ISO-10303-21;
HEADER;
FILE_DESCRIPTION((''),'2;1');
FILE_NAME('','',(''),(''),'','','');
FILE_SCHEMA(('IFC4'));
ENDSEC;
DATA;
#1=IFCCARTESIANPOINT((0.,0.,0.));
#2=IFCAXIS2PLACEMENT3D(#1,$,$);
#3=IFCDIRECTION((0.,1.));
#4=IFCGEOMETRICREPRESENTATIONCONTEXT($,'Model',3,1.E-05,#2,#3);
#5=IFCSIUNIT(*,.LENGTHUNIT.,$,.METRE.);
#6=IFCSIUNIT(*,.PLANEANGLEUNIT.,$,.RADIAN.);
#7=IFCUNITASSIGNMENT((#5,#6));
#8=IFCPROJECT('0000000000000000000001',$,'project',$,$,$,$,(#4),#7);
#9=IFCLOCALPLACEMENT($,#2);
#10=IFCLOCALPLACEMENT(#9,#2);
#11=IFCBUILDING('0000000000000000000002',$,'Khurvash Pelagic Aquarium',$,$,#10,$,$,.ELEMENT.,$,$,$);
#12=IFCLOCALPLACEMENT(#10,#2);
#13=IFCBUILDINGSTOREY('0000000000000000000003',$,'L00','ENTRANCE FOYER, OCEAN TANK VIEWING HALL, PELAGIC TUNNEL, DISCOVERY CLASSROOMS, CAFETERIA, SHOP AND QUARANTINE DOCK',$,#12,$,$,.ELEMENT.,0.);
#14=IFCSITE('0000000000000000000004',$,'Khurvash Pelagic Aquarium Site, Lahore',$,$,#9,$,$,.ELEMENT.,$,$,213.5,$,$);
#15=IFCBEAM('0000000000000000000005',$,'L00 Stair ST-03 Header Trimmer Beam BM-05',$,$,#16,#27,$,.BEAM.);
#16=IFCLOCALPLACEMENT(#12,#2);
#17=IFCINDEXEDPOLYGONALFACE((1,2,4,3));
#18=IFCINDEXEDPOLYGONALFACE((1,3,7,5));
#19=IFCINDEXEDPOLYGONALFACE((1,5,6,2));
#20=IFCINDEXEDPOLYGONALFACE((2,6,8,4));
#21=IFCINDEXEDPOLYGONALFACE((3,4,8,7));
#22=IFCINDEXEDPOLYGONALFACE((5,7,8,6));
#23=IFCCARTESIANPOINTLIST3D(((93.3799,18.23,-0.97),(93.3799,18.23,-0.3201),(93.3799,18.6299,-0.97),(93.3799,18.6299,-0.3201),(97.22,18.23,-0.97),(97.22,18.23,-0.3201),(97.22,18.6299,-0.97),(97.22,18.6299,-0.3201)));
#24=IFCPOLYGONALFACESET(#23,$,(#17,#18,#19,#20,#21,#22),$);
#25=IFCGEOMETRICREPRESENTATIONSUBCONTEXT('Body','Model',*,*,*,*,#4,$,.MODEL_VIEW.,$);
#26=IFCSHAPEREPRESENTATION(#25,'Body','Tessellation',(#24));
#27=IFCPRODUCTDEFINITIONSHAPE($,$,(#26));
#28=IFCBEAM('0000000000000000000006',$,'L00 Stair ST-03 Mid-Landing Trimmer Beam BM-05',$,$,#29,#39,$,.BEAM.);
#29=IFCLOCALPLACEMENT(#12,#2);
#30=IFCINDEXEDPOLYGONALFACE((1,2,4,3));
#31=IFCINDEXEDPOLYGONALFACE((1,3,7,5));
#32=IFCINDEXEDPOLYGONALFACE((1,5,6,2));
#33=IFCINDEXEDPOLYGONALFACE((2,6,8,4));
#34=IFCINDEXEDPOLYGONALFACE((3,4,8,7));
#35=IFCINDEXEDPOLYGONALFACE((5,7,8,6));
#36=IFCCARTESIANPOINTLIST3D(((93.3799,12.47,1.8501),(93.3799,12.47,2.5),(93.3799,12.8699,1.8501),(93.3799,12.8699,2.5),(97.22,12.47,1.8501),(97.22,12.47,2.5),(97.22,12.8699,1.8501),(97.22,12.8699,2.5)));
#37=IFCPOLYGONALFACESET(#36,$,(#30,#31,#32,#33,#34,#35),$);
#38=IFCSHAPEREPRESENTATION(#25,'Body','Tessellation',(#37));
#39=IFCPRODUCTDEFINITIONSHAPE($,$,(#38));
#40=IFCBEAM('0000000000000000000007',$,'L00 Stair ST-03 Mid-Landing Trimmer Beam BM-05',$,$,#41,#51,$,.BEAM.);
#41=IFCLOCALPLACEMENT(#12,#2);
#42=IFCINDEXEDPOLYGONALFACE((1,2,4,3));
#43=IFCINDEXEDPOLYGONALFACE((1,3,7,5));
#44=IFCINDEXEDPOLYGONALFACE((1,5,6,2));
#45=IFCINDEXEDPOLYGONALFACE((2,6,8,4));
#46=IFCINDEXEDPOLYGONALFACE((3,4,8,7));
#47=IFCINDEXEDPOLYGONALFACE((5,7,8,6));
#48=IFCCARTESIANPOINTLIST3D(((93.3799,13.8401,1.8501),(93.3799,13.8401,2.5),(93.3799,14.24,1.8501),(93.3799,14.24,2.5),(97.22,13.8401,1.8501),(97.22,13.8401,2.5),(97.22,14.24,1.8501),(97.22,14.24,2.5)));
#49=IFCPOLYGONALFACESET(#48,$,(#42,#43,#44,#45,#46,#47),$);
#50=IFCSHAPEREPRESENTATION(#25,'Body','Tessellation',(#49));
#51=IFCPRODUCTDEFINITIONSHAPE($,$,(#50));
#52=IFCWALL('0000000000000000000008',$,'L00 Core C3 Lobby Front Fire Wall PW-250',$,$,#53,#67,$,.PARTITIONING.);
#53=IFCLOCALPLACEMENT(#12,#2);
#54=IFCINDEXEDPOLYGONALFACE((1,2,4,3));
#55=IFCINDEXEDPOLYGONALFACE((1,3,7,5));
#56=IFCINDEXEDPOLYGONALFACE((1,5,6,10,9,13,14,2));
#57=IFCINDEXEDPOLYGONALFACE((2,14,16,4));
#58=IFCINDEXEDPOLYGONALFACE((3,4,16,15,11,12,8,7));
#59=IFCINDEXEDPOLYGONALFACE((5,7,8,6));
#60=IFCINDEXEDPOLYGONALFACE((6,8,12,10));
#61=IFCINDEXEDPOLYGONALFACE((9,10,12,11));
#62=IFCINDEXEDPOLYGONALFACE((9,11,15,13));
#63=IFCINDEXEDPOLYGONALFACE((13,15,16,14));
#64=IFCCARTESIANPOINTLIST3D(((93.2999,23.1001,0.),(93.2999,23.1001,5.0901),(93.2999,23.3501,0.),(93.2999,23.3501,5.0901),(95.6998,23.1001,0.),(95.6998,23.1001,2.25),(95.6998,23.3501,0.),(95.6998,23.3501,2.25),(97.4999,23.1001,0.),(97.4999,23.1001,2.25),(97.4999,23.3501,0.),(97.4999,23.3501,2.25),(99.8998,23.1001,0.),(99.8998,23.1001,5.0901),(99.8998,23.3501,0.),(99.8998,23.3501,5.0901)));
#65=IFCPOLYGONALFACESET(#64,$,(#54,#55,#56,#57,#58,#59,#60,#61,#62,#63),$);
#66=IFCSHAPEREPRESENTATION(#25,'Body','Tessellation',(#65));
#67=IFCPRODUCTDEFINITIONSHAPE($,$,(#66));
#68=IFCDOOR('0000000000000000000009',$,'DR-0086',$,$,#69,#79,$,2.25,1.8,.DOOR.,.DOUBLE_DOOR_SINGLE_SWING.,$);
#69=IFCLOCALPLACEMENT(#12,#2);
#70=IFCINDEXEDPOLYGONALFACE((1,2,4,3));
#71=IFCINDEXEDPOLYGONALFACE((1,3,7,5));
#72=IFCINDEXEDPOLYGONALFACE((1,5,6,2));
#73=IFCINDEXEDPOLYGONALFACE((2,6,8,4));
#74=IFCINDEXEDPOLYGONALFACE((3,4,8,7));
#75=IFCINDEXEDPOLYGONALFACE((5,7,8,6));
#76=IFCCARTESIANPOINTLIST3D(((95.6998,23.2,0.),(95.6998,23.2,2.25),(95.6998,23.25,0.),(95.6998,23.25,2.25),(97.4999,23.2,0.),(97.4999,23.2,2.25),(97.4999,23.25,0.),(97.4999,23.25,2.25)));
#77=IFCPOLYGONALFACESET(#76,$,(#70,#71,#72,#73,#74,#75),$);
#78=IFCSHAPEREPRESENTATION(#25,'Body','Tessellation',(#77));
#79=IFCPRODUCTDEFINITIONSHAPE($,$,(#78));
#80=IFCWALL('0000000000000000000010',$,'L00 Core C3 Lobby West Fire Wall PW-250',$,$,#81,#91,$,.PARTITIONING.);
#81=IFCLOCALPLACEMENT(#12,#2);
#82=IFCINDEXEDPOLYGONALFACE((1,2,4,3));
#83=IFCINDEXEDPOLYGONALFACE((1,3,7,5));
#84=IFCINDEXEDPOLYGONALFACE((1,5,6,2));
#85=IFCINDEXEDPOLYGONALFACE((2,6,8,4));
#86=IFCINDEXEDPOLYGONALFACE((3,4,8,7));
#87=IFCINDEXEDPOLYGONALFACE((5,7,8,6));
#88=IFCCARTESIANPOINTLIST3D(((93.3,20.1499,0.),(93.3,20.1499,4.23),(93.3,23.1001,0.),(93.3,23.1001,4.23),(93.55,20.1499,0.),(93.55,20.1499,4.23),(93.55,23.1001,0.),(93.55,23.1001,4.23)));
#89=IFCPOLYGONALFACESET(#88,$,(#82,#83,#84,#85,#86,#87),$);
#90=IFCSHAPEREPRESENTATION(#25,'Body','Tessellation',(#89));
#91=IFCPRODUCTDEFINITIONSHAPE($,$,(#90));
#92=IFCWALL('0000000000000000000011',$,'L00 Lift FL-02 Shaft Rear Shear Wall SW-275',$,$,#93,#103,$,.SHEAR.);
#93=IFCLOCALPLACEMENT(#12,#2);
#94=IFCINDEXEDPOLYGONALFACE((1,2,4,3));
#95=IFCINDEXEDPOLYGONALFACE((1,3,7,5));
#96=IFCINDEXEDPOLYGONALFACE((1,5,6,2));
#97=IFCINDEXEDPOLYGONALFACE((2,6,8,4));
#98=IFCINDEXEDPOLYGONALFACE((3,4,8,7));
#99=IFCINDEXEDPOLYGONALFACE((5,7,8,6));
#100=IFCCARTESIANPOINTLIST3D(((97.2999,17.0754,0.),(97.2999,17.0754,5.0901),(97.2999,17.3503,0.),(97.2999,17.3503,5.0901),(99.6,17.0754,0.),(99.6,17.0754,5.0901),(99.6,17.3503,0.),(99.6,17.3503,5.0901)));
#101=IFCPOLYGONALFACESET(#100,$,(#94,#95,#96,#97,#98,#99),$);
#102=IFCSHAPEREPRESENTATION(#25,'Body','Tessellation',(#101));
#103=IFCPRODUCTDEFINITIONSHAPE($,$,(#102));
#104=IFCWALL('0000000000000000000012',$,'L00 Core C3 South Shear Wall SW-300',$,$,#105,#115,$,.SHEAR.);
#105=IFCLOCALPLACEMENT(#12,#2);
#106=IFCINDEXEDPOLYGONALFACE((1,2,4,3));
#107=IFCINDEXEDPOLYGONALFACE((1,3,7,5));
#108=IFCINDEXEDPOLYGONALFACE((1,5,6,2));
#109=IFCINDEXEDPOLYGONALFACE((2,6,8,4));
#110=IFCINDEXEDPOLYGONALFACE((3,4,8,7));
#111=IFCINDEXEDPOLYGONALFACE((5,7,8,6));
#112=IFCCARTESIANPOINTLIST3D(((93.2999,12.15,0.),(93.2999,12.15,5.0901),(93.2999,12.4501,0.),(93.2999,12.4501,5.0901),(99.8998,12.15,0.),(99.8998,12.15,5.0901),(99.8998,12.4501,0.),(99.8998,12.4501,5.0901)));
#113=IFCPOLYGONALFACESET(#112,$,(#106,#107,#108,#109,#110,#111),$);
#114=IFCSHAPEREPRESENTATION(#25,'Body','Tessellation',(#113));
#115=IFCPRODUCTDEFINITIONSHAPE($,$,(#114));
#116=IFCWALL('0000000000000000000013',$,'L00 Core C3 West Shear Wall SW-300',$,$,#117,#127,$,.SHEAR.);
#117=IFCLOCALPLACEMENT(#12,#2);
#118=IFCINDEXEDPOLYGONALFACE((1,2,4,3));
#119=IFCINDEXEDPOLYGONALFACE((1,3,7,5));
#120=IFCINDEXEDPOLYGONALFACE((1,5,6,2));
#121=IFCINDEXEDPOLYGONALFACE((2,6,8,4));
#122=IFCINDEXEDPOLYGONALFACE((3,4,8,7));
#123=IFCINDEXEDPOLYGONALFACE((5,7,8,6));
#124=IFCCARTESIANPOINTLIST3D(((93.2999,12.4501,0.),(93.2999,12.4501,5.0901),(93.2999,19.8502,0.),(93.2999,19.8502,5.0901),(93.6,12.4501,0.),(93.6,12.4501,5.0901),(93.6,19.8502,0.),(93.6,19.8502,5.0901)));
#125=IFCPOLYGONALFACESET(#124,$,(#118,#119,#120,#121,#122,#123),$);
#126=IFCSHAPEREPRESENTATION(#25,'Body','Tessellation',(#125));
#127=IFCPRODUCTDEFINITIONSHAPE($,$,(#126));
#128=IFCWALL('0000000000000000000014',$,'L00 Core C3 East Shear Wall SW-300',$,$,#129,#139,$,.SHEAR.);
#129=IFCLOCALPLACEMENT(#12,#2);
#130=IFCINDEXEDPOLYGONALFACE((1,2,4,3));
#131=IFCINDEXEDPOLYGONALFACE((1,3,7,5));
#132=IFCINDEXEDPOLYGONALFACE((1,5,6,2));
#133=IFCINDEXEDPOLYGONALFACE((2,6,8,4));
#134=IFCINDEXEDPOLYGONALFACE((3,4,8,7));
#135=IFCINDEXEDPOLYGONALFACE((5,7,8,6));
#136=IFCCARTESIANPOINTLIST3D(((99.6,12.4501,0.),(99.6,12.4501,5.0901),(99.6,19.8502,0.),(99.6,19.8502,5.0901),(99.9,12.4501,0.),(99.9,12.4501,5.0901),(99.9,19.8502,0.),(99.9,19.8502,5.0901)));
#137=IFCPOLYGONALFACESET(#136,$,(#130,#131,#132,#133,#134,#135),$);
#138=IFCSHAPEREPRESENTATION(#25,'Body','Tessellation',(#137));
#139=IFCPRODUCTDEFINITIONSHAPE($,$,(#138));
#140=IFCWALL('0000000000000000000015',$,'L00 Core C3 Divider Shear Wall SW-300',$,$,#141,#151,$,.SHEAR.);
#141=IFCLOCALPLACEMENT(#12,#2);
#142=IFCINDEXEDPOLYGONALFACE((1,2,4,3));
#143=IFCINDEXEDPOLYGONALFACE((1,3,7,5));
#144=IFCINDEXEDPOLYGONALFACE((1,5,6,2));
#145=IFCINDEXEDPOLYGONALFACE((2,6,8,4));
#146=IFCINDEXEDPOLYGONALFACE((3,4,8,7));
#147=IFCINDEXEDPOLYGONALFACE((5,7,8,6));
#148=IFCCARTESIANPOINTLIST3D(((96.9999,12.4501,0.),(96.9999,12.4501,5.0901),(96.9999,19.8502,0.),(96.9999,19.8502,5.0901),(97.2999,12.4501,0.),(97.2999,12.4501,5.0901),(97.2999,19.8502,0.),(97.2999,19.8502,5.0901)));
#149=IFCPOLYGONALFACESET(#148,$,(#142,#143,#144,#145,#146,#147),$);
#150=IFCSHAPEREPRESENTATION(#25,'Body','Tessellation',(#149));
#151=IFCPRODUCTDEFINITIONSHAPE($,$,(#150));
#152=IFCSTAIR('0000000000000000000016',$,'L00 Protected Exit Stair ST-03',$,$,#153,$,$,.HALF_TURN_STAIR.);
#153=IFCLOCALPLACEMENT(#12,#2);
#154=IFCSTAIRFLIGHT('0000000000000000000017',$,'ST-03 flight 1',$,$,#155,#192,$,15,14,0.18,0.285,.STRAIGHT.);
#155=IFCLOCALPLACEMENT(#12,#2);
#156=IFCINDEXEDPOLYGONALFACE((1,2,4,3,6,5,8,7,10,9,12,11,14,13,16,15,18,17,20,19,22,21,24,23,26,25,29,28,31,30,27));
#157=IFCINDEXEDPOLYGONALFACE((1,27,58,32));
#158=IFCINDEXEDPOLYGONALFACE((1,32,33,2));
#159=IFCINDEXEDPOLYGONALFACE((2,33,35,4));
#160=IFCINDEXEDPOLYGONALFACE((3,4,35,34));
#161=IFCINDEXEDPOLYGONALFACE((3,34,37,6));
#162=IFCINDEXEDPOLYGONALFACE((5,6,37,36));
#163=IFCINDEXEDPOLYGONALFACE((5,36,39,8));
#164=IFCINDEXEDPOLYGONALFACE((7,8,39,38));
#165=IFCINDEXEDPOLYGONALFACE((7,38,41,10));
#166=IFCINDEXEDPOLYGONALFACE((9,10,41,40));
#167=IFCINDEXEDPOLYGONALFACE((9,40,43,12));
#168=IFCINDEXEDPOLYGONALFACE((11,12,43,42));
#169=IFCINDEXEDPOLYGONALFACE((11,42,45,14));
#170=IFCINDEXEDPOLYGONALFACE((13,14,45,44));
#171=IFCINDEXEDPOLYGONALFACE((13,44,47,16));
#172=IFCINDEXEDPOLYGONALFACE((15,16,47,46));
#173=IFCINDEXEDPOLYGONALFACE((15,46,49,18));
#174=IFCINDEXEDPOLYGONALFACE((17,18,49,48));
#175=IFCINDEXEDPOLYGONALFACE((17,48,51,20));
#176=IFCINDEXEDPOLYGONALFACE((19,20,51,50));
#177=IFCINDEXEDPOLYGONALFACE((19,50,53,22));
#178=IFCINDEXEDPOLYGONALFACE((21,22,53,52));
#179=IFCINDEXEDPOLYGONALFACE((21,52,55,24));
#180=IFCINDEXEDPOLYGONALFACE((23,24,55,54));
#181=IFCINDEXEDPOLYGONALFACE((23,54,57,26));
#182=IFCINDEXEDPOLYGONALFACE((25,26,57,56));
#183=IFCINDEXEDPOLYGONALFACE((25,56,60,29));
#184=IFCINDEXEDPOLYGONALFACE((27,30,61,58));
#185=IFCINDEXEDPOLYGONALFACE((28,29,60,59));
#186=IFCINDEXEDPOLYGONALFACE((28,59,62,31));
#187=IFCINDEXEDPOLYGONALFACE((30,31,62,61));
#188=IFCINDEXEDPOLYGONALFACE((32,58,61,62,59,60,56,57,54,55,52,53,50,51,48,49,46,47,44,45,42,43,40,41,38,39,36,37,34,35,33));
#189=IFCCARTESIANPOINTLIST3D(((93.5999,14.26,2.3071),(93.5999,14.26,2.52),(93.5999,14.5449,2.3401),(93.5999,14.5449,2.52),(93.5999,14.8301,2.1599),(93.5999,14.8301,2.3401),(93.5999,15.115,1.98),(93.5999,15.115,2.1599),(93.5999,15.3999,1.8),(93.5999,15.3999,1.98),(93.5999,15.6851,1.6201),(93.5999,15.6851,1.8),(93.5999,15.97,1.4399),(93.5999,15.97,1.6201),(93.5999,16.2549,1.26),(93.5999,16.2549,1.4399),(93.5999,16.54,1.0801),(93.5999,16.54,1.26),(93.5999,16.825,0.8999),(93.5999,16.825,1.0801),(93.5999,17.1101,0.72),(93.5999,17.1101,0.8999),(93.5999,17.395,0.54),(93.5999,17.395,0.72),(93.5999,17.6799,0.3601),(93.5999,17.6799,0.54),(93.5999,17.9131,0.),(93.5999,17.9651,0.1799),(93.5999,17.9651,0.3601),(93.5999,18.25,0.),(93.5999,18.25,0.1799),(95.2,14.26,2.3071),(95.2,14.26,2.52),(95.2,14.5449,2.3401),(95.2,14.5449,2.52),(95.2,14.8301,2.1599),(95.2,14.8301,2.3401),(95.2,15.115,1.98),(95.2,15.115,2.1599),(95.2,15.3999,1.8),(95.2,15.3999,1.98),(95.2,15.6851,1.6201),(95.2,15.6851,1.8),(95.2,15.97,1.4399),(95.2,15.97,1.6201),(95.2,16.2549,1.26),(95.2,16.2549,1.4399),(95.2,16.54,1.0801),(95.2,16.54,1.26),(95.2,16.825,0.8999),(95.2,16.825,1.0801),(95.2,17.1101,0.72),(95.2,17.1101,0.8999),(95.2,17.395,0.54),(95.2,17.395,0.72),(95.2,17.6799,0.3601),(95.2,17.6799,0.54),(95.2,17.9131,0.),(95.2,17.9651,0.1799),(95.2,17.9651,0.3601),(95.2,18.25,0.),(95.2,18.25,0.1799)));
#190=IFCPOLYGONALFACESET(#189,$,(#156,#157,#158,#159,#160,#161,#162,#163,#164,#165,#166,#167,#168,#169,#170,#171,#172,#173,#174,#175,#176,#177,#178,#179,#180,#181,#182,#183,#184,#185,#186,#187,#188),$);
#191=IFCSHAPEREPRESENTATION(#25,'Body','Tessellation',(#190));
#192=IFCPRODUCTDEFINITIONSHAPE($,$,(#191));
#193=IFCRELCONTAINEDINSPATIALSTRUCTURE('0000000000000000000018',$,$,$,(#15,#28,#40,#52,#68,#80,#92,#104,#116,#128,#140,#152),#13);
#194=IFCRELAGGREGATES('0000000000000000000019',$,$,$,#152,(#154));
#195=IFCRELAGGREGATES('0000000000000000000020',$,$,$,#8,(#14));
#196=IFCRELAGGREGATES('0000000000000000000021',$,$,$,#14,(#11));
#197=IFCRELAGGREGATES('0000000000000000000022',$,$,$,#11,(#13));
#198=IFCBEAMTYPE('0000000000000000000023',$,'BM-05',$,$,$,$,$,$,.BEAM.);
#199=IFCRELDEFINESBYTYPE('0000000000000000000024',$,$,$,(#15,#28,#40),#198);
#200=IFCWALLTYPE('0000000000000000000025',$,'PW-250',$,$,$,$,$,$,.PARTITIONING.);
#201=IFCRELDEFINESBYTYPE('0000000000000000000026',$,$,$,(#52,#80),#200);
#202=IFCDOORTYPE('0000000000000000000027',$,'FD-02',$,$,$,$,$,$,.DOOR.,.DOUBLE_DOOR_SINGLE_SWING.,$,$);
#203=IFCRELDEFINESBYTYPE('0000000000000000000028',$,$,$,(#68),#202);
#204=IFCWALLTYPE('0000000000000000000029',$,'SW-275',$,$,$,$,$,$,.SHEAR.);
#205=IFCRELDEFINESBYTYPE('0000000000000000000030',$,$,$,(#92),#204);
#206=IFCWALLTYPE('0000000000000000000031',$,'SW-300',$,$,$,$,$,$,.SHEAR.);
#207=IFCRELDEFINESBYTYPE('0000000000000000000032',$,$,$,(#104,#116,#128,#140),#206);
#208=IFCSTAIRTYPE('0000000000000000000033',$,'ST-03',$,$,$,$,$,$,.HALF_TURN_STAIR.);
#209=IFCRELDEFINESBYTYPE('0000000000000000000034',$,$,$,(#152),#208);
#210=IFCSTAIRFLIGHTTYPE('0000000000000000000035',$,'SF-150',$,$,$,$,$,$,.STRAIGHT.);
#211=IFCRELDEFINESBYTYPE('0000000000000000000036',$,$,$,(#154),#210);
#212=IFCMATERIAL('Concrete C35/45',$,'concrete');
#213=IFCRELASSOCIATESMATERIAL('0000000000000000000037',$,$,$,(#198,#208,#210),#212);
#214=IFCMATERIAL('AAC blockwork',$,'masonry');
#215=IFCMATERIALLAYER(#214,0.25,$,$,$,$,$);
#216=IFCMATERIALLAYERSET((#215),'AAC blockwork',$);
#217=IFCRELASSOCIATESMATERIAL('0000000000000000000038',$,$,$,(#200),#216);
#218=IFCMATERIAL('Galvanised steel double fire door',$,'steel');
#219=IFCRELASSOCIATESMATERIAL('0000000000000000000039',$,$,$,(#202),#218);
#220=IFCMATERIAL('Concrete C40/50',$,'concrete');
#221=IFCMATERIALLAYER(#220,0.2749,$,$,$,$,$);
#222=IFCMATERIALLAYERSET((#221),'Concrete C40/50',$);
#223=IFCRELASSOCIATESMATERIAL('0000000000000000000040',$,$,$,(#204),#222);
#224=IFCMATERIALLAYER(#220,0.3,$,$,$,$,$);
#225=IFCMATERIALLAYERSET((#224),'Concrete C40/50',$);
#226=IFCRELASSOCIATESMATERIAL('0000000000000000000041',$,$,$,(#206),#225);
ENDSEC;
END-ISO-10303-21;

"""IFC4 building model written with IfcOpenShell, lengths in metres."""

from ifc_helpers import new_model, si_unit, direction, frame, frame_2d, origin, origin_2d, place, context, subcontext, project, spatial, polyline, rectangle, outline, extrude, material, layer, layer_set, material_profile, profile_set, type_object, element, fill, aggregate, save


model = new_model("IFC4")

# Units and contexts
model_context = context("Model", 3, precision=1e-05, world=origin(), true_north=direction((0.0, 1.0)))
body_context = subcontext(model_context, "Body", "Model", "MODEL_VIEW")
ifc_project = project(units=[si_unit("LENGTHUNIT", "METRE"), si_unit("PLANEANGLEUNIT", "RADIAN")], contexts=[model_context])

# Site, building, storey
site_placement = place(None, origin())
site = spatial("IfcSite", under=ifc_project, at=site_placement, Name="Khurvash Pelagic Aquarium Site, Lahore", CompositionType="ELEMENT", RefElevation=213.5)
building_placement = place(site_placement, origin())
building = spatial("IfcBuilding", under=site, at=building_placement, Name="Khurvash Pelagic Aquarium", CompositionType="ELEMENT")
storey_placement = place(building_placement, origin())
storey = spatial("IfcBuildingStorey", under=building, at=storey_placement, Name="L00", Description="ENTRANCE FOYER, OCEAN TANK VIEWING HALL, PELAGIC TUNNEL, DISCOVERY CLASSROOMS, CAFETERIA, SHOP AND QUARANTINE DOCK", CompositionType="ELEMENT", Elevation=0.0)

# Beams
ifc_material_1 = material(Name="Concrete C35/45", Category="concrete")
ifc_material_profile = material_profile(ifc_material_1, rectangle(XDim=0.3999, YDim=0.6499, at=origin_2d()), Name="RC400X650")
ifc_profile_set = profile_set([ifc_material_profile], Name="Concrete C35/45")
beam_type = type_object("IfcBeamType", Name="BM-05", PredefinedType="BEAM", material=ifc_profile_set)
for number, where, z_axis, x_axis, name in (
    (1, (93.3799, 18.4299, -0.645), (1.0, 0.0, 0.0), (0.0, 1.0, 0.0), "L00 Stair ST-03 Header Trimmer Beam BM-05"),
    (2, (93.3799, 12.6699, 2.175), (1.0, 0.0, 0.0), (0.0, 1.0, 0.0), "L00 Stair ST-03 Mid-Landing Trimmer Beam BM-05"),
    (3, (93.3799, 14.04, 2.175), (1.0, 0.0, 0.0), (0.0, 1.0, 0.0), "L00 Stair ST-03 Mid-Landing Trimmer Beam BM-05"),
):
    element("IfcBeam", number, at=place(storey_placement, frame(where, z_axis=z_axis, x_axis=x_axis)), inside=storey, type_object=beam_type, Name=name, PredefinedType="BEAM", context=body_context, shape_type="SweptSolid", body=[
        extrude(rectangle(XDim=0.3999, YDim=0.6499, at=origin_2d()), origin(), (0.0, 0.0, 1.0), 3.8401),
    ])

# Wall, opening, door
ifc_material_2 = material(Name="AAC blockwork", Category="masonry")
ifc_layer_1 = layer(ifc_material_2, 0.25)
ifc_layer_set_1 = layer_set([ifc_layer_1], Name="AAC blockwork")
wall_type_1 = type_object("IfcWallType", Name="PW-250", PredefinedType="PARTITIONING", material=ifc_layer_set_1)
wall_1_placement = place(storey_placement, frame((93.3, 23.2251, 0.0), z_axis=(0.0, 0.0, 1.0), x_axis=(1.0, 0.0, 0.0)))
wall_1 = element("IfcWall", 4, at=wall_1_placement, inside=storey, type_object=wall_type_1, Name="L00 Core C3 Lobby Front Fire Wall PW-250", PredefinedType="PARTITIONING", context=body_context, shape_type="SweptSolid", body=[
    extrude(rectangle(XDim=6.5999, YDim=0.25, at=frame_2d((3.2998, 0.0))), origin(), (0.0, 0.0, 1.0), 5.0901),
])
opening_1_placement = place(wall_1_placement, frame((2.3999, 0.0, 0.0)))
opening_1 = element("IfcOpeningElement", 5, at=opening_1_placement, cuts=wall_1, PredefinedType="OPENING", context=body_context, shape_type="SweptSolid", body=[
    extrude(rectangle(XDim=1.8, YDim=2.25, at=frame_2d((0.8999, 1.125))), frame((0.0, 0.135, 0.0), z_axis=(0.0, -1.0, 0.0), x_axis=(1.0, 0.0, 0.0)), (0.0, 0.0, 1.0), 0.27),
])
ifc_material_3 = material(Name="Galvanised steel double fire door", Category="steel")
door_type_1 = type_object("IfcDoorType", Name="FD-02", OperationType="DOUBLE_DOOR_SINGLE_SWING", PredefinedType="DOOR", material=ifc_material_3)
door_1_placement = place(opening_1_placement, origin())
door_1 = element("IfcDoor", 6, at=door_1_placement, inside=storey, type_object=door_type_1, Name="DR-0086", OperationType="DOUBLE_DOOR_SINGLE_SWING", OverallHeight=2.25, OverallWidth=1.8, PredefinedType="DOOR", context=body_context, shape_type="SweptSolid", body=[
    extrude(rectangle(XDim=1.8, YDim=2.25, at=frame_2d((0.8999, 1.125))), frame((0.0, 0.0249, 0.0), z_axis=(0.0, -1.0, 0.0), x_axis=(1.0, 0.0, 0.0)), (0.0, 0.0, 1.0), 0.05),
])
fill(opening_1, door_1)

# Walls
wall_2_placement = place(storey_placement, frame((93.425, 20.1499, 0.0), z_axis=(0.0, 0.0, 1.0), x_axis=(0.0, 1.0, 0.0)))
element("IfcWall", 7, at=wall_2_placement, inside=storey, type_object=wall_type_1, Name="L00 Core C3 Lobby West Fire Wall PW-250", PredefinedType="PARTITIONING", context=body_context, shape_type="SweptSolid", body=[
    extrude(rectangle(XDim=2.9502, YDim=0.25, at=frame_2d((1.4751, 0.0))), origin(), (0.0, 0.0, 1.0), 4.23),
])
ifc_material_4 = material(Name="Concrete C40/50", Category="concrete")
ifc_layer_2 = layer(ifc_material_4, 0.2749)
ifc_layer_set_2 = layer_set([ifc_layer_2], Name="Concrete C40/50")
wall_type_2 = type_object("IfcWallType", Name="SW-275", PredefinedType="SHEAR", material=ifc_layer_set_2)
wall_3_placement = place(storey_placement, frame((97.3, 17.2129, 0.0), z_axis=(0.0, 0.0, 1.0), x_axis=(1.0, 0.0, 0.0)))
element("IfcWall", 8, at=wall_3_placement, inside=storey, type_object=wall_type_2, Name="L00 Lift FL-02 Shaft Rear Shear Wall SW-275", PredefinedType="SHEAR", context=body_context, shape_type="SweptSolid", body=[
    extrude(rectangle(XDim=2.3, YDim=0.2749, at=frame_2d((1.1499, 0.0))), origin(), (0.0, 0.0, 1.0), 5.0901),
])
ifc_layer_3 = layer(ifc_material_4, 0.3)
ifc_layer_set_3 = layer_set([ifc_layer_3], Name="Concrete C40/50")
wall_type_3 = type_object("IfcWallType", Name="SW-300", PredefinedType="SHEAR", material=ifc_layer_set_3)
wall_4_placement = place(storey_placement, frame((93.3, 12.3, 0.0), z_axis=(0.0, 0.0, 1.0), x_axis=(1.0, 0.0, 0.0)))
element("IfcWall", 9, at=wall_4_placement, inside=storey, type_object=wall_type_3, Name="L00 Core C3 South Shear Wall SW-300", PredefinedType="SHEAR", context=body_context, shape_type="SweptSolid", body=[
    extrude(rectangle(XDim=6.5999, YDim=0.3, at=frame_2d((3.2998, 0.0))), origin(), (0.0, 0.0, 1.0), 5.0901),
])

# Walls
for number, where, z_axis, x_axis, name in (
    (10, (93.45, 12.45, 0.0), (0.0, 0.0, 1.0), (0.0, 1.0, 0.0), "L00 Core C3 West Shear Wall SW-300"),
    (11, (99.75, 12.45, 0.0), (0.0, 0.0, 1.0), (0.0, 1.0, 0.0), "L00 Core C3 East Shear Wall SW-300"),
    (12, (97.1499, 12.45, 0.0), (0.0, 0.0, 1.0), (0.0, 1.0, 0.0), "L00 Core C3 Divider Shear Wall SW-300"),
):
    element("IfcWall", number, at=place(storey_placement, frame(where, z_axis=z_axis, x_axis=x_axis)), inside=storey, type_object=wall_type_3, Name=name, PredefinedType="SHEAR", context=body_context, shape_type="SweptSolid", body=[
        extrude(rectangle(XDim=7.4001, YDim=0.3, at=frame_2d((3.7002, 0.0))), origin(), (0.0, 0.0, 1.0), 5.0901),
    ])

# Stair, stair flight
stair_type = type_object("IfcStairType", Name="ST-03", PredefinedType="HALF_TURN_STAIR", material=ifc_material_1)
stair_placement = place(storey_placement, origin())
stair = element("IfcStair", 13, at=stair_placement, inside=storey, type_object=stair_type, Name="L00 Protected Exit Stair ST-03", PredefinedType="HALF_TURN_STAIR")
stair_flight_type = type_object("IfcStairFlightType", Name="SF-150", PredefinedType="STRAIGHT", material=ifc_material_1)
stair_flight_1_placement = place(storey_placement, frame((94.3999, 18.25, 0.0), z_axis=(0.0, 0.0, 1.0), x_axis=(0.0, -1.0, 0.0)))
stair_flight_1 = element("IfcStairFlight", 14, at=stair_flight_1_placement, type_object=stair_flight_type, Name="ST-03 flight 1", NumberOfRisers=15, NumberOfTreads=14, PredefinedType="STRAIGHT", RiserHeight=0.18, TreadLength=0.285, context=body_context, shape_type="SweptSolid", body=[
    extrude(outline(polyline([(0.0, 0.0), (0.0, 0.1799), (0.2849, 0.1799), (0.2849, 0.3601), (0.5701, 0.3601), (0.5701, 0.54), (0.855, 0.54), (0.855, 0.72), (1.1399, 0.72), (1.1399, 0.8999), (1.425, 0.8999), (1.425, 1.0801), (1.71, 1.0801), (1.71, 1.26), (1.9951, 1.26), (1.9951, 1.4399), (2.28, 1.4399), (2.28, 1.6201), (2.5649, 1.6201), (2.5649, 1.8), (2.8501, 1.8), (2.8501, 1.98), (3.135, 1.98), (3.135, 2.1599), (3.4199, 2.1599), (3.4199, 2.3401), (3.7051, 2.3401), (3.7051, 2.52), (3.99, 2.52), (3.99, 2.7), (3.99, 2.3071), (0.3369, 0.0), (0.0, 0.0)])), frame((0.0, 0.8, 0.0), z_axis=(0.0, -1.0, 0.0), x_axis=(1.0, 0.0, 0.0)), (0.0, 0.0, 1.0), 1.6001),
])
aggregate(stair, [stair_flight_1])

save(model, "model.ifc")
